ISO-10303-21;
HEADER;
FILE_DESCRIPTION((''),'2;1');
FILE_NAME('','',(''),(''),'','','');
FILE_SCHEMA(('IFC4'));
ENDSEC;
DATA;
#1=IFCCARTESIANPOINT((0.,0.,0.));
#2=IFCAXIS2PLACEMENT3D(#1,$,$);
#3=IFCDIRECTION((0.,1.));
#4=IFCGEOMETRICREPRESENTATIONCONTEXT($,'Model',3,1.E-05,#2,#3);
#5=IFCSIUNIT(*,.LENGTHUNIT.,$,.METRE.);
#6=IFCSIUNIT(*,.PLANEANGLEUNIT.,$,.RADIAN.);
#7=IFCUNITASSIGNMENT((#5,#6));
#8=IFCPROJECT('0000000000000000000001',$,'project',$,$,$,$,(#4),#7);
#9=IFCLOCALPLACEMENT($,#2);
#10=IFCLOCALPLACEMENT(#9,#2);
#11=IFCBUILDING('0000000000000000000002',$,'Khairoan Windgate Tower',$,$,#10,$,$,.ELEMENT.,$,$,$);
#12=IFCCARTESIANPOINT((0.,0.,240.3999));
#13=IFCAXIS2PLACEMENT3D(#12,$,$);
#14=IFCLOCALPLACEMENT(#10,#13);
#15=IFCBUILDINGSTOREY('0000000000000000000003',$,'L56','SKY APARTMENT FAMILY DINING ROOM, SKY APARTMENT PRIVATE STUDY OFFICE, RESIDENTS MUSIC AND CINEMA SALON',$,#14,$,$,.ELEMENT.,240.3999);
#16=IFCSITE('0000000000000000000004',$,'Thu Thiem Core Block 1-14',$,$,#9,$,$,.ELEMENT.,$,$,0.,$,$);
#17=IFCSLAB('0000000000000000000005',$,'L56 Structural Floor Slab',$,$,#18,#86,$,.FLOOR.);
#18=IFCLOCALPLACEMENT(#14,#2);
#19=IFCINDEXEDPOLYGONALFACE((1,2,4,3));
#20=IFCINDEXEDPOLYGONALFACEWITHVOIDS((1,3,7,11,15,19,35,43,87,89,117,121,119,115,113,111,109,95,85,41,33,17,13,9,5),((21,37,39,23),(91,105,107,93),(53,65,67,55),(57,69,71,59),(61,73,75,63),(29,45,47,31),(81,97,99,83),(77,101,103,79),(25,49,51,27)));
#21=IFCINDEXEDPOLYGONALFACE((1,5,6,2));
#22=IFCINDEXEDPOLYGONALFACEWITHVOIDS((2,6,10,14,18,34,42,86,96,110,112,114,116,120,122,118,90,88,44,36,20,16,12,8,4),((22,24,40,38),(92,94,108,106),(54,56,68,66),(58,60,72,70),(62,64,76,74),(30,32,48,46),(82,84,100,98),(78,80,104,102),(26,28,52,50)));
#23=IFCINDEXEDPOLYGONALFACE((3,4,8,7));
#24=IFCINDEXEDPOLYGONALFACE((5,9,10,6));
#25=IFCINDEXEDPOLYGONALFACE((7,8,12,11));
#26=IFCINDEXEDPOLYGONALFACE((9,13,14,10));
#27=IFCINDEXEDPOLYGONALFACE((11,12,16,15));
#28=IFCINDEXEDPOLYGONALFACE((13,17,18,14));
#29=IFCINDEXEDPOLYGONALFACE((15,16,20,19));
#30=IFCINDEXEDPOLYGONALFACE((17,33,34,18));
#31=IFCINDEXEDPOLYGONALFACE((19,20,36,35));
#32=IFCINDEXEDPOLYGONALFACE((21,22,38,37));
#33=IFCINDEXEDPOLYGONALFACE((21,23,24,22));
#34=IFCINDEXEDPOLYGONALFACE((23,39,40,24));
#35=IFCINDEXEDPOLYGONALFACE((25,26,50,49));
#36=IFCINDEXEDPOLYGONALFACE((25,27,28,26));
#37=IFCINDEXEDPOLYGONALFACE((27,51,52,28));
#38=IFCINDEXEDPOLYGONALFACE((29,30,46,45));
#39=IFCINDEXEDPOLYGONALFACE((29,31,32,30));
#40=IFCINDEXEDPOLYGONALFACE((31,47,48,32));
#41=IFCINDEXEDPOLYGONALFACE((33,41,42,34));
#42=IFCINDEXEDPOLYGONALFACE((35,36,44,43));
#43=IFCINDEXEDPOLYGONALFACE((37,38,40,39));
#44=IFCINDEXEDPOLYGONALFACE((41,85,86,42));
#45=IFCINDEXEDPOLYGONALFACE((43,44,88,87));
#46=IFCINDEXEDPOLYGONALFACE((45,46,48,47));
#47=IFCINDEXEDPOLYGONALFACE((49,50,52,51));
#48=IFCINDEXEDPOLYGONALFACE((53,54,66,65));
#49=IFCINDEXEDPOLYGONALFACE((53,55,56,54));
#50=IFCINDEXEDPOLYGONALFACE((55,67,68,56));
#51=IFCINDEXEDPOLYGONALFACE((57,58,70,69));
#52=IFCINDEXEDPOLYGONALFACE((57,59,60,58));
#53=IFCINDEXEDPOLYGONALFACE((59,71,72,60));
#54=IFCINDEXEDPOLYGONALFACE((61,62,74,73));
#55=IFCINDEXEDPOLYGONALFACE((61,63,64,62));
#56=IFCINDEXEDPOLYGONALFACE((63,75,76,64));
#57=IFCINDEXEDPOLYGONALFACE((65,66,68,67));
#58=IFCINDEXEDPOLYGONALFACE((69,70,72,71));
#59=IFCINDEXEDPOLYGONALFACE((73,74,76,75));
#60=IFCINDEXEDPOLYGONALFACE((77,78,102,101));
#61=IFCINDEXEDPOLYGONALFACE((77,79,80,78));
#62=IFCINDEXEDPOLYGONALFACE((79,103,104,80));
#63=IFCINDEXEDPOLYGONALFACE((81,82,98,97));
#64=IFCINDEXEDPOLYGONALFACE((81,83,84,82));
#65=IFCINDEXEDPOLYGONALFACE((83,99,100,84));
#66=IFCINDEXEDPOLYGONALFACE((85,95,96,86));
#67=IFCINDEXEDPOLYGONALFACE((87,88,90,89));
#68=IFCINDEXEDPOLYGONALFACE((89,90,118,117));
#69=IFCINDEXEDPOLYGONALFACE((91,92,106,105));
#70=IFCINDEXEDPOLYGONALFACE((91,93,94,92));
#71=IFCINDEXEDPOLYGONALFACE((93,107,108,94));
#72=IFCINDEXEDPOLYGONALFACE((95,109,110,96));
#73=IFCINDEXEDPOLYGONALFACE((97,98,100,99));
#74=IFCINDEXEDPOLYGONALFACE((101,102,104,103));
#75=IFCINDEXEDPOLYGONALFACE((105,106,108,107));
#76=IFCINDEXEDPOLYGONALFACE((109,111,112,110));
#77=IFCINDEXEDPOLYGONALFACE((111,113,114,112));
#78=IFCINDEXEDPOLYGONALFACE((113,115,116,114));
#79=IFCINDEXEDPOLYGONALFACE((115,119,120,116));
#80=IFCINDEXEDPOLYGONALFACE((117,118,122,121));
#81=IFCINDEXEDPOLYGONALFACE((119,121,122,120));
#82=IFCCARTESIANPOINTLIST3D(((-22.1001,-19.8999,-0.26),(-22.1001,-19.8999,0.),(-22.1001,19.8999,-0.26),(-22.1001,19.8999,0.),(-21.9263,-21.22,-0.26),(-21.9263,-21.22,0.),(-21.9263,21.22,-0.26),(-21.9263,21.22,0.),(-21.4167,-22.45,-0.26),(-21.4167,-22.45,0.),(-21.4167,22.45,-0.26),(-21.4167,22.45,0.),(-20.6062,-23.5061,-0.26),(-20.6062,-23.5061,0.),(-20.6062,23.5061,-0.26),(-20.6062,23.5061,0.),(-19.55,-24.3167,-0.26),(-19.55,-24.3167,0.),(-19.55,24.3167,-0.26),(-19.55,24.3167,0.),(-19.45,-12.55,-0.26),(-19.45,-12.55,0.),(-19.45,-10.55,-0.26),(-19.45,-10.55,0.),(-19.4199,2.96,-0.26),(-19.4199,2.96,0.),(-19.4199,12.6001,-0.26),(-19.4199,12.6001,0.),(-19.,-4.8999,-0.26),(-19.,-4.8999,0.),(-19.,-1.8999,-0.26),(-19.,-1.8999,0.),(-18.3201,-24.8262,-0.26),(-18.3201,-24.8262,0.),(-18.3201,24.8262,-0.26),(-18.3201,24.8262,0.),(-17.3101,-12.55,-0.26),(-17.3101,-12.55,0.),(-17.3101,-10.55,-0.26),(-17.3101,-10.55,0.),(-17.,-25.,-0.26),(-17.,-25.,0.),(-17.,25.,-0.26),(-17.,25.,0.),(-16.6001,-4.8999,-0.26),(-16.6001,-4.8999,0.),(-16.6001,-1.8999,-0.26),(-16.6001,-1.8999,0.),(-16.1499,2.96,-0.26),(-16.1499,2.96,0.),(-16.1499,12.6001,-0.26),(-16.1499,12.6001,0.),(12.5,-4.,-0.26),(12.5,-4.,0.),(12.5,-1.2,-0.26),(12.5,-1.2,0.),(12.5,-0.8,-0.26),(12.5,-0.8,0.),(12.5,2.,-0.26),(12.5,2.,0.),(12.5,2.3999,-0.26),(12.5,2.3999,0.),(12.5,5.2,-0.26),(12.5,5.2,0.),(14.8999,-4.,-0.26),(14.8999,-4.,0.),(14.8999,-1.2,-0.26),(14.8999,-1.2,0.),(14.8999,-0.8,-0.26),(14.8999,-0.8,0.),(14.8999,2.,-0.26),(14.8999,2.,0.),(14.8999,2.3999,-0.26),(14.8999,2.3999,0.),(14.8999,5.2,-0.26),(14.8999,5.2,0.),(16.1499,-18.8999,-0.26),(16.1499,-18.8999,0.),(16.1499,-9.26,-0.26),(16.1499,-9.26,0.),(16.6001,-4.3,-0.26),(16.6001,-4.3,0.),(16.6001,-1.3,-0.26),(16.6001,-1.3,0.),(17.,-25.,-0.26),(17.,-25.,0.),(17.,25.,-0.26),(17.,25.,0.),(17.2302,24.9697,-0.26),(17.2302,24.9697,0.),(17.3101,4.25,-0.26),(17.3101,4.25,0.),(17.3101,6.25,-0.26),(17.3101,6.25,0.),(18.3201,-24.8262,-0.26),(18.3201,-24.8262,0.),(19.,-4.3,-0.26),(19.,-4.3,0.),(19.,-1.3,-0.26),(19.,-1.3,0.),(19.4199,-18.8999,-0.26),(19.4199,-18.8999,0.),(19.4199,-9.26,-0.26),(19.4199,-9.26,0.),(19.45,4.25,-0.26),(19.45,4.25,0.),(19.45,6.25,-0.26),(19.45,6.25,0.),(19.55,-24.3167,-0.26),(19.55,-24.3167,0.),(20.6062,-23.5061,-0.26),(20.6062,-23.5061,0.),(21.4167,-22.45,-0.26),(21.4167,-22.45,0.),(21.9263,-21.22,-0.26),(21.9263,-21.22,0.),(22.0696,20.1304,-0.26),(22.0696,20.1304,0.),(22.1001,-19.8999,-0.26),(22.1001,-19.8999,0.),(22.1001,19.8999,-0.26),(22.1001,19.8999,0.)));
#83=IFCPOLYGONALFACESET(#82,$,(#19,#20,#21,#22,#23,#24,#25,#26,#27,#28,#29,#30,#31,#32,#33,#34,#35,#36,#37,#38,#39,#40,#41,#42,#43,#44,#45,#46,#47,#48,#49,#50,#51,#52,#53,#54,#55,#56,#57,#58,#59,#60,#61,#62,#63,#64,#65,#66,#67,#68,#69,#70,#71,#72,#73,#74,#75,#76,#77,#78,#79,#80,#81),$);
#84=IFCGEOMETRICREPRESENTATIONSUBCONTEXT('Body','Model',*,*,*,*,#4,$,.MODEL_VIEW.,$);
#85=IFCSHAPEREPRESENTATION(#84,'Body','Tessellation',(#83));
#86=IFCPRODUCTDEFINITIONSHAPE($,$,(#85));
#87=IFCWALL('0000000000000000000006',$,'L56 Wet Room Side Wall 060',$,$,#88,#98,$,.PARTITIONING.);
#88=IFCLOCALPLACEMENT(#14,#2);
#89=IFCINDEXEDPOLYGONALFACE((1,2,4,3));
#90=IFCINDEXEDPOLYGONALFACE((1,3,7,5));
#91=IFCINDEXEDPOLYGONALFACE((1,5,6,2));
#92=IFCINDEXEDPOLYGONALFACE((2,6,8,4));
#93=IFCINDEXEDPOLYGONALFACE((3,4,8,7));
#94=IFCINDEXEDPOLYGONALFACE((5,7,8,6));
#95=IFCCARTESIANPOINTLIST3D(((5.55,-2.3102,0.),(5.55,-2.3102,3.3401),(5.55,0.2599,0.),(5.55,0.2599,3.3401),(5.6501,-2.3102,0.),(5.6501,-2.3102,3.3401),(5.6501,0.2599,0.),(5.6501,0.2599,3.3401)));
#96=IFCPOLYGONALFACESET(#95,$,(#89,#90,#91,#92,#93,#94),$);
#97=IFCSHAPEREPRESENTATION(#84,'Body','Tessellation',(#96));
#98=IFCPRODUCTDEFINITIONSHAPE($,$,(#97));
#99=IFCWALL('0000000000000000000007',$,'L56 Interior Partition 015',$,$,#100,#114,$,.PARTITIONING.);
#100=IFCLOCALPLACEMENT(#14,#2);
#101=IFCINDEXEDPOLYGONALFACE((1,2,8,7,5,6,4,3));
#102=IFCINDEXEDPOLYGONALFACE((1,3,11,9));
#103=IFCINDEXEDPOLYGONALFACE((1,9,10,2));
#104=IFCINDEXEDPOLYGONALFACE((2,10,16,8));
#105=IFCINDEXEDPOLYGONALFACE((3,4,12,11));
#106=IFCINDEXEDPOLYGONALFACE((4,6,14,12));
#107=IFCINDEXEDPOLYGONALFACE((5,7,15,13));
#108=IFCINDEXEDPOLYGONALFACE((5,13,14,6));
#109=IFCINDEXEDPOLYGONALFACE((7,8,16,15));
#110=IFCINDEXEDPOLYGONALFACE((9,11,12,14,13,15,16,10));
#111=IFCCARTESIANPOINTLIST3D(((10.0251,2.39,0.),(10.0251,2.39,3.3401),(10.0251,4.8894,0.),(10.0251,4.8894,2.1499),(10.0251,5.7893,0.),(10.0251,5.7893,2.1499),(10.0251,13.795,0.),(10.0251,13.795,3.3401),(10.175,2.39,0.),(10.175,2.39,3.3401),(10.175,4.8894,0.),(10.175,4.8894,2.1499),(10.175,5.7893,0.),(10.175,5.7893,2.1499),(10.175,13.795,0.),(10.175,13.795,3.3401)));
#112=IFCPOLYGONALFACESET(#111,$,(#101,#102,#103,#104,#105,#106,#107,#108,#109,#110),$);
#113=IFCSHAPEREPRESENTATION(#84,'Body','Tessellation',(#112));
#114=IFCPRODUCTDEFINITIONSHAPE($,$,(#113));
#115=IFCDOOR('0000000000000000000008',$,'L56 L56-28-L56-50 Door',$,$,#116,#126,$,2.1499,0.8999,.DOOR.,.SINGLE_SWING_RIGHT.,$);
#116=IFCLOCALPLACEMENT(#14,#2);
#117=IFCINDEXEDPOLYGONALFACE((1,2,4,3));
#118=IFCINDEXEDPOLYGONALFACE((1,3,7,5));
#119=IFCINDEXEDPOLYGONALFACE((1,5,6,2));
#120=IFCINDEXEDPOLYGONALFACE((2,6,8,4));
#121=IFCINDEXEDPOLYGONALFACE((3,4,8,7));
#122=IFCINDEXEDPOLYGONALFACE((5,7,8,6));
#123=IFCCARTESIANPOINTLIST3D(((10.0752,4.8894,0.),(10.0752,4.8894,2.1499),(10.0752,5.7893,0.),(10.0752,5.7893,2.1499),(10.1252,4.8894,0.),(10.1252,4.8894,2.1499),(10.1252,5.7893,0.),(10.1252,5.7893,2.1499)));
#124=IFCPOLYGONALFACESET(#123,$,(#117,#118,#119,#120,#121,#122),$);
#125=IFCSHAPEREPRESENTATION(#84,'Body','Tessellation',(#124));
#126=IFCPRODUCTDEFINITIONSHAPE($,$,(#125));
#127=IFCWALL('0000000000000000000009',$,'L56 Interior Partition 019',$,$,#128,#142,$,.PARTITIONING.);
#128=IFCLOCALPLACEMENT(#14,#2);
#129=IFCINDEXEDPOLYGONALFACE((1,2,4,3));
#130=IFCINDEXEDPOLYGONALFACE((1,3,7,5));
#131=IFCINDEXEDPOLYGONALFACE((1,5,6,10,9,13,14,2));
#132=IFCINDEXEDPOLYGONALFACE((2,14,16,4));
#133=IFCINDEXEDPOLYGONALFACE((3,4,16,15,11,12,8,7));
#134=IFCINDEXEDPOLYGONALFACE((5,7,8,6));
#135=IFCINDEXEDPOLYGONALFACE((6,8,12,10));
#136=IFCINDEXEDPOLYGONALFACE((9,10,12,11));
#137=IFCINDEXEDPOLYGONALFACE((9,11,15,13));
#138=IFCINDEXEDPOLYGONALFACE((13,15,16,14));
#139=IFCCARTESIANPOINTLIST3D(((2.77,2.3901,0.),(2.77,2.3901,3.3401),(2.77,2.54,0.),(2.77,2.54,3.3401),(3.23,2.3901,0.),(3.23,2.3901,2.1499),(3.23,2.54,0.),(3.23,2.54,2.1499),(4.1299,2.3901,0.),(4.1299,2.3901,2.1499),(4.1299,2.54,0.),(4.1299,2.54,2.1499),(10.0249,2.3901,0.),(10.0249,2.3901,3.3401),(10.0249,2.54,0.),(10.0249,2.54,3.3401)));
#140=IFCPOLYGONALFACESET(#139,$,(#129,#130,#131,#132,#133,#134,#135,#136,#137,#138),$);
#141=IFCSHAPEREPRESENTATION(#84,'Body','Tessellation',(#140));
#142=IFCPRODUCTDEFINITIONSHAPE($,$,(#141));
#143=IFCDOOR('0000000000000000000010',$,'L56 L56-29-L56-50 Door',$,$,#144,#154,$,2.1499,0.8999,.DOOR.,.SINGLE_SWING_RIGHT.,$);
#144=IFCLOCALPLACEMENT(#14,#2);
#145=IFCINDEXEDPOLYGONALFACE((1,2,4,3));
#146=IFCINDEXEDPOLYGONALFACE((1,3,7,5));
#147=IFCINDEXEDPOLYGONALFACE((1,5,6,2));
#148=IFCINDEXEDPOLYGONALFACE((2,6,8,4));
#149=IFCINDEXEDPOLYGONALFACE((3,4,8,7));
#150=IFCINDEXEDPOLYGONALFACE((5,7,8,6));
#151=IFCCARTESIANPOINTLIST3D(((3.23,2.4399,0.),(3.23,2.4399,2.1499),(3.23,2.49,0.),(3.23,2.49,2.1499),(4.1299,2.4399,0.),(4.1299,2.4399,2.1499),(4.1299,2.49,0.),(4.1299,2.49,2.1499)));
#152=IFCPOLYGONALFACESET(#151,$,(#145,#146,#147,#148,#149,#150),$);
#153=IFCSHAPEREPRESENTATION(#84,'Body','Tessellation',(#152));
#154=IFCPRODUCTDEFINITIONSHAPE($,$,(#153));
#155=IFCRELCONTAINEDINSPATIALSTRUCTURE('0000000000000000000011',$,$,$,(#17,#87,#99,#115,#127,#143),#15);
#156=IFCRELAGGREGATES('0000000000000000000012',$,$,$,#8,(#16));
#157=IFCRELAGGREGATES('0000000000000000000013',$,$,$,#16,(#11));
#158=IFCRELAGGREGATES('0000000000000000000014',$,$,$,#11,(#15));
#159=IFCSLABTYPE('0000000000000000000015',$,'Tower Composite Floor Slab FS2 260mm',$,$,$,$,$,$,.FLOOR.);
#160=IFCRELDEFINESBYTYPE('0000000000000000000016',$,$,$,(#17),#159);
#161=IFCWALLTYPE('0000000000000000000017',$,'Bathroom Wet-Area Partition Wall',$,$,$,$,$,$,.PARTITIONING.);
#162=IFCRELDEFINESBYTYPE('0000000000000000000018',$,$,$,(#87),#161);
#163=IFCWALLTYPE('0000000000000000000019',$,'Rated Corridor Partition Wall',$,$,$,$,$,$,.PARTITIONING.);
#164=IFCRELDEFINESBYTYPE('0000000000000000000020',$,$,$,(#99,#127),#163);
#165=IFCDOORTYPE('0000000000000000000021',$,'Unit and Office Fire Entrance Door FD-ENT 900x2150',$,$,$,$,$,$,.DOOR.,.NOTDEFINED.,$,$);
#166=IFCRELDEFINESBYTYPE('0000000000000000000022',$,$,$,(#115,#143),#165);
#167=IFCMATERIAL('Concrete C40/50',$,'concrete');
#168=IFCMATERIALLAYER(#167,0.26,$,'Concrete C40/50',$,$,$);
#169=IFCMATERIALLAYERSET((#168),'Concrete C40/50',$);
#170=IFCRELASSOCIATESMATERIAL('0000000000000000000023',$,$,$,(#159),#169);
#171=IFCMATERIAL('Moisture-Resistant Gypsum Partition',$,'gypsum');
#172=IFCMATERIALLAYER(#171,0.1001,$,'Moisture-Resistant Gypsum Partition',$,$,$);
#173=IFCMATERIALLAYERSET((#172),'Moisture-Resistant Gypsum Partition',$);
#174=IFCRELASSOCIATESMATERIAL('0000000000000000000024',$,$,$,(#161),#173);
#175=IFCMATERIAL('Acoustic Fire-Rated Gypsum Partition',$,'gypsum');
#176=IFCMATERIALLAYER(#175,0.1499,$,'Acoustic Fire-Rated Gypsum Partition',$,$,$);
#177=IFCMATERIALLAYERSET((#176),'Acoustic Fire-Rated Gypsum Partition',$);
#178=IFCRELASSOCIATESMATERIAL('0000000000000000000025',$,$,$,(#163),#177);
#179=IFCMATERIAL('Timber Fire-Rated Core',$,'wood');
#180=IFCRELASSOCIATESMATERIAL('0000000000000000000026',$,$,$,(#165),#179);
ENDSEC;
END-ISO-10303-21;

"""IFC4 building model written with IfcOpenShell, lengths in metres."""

from ifc_helpers import new_model, si_unit, direction, frame, frame_2d, origin, place, context, subcontext, project, spatial, polyline, rectangle, outline, extrude, material, layer, layer_set, type_object, element, fill, save


model = new_model("IFC4")

# Units and contexts
model_context = context("Model", 3, precision=1e-05, world=origin(), true_north=direction((0.0, 1.0)))
body_context = subcontext(model_context, "Body", "Model", "MODEL_VIEW")
ifc_project = project(units=[si_unit("LENGTHUNIT", "METRE"), si_unit("PLANEANGLEUNIT", "RADIAN")], contexts=[model_context])

# Site, building, storey
site_placement = place(None, origin())
site = spatial("IfcSite", under=ifc_project, at=site_placement, Name="Thu Thiem Core Block 1-14", CompositionType="ELEMENT", RefElevation=0.0)
building_placement = place(site_placement, origin())
building = spatial("IfcBuilding", under=site, at=building_placement, Name="Khairoan Windgate Tower", CompositionType="ELEMENT")
storey_placement = place(building_placement, frame((0.0, 0.0, 240.3999)))
storey = spatial("IfcBuildingStorey", under=building, at=storey_placement, Name="L56", Description="SKY APARTMENT FAMILY DINING ROOM, SKY APARTMENT PRIVATE STUDY OFFICE, RESIDENTS MUSIC AND CINEMA SALON", CompositionType="ELEMENT", Elevation=240.3999)

# Slab
ifc_material_1 = material(Name="Concrete C40/50", Category="concrete")
ifc_layer_1 = layer(ifc_material_1, 0.26, Name="Concrete C40/50")
ifc_layer_set_1 = layer_set([ifc_layer_1], Name="Concrete C40/50")
slab_type_1 = type_object("IfcSlabType", Name="Tower Composite Floor Slab FS2 260mm", PredefinedType="FLOOR", material=ifc_layer_set_1)
slab_1_placement = place(storey_placement, frame((0.0, 0.0, -0.26)))
element("IfcSlab", 1, at=slab_1_placement, inside=storey, type_object=slab_type_1, Name="L56 Structural Floor Slab", PredefinedType="FLOOR", context=body_context, shape_type="SweptSolid", body=[
    extrude(outline(polyline([(17.0, -25.0), (18.3201, -24.8262), (19.55, -24.3167), (20.6062, -23.5061), (21.4167, -22.45), (21.9263, -21.22), (22.1001, -19.8999), (22.1001, 19.8999), (22.0696, 20.1304), (17.2302, 24.9697), (17.0, 25.0), (-17.0, 25.0), (-18.3201, 24.8262), (-19.55, 24.3167), (-20.6062, 23.5061), (-21.4167, 22.45), (-21.9263, 21.22), (-22.1001, 19.8999), (-22.1001, -19.8999), (-21.9263, -21.22), (-21.4167, -22.45), (-20.6062, -23.5061), (-19.55, -24.3167), (-18.3201, -24.8262), (-17.0, -25.0), (17.0, -25.0)]), holes=[polyline([(16.1499, -9.26), (16.1499, -18.8999), (19.4199, -18.8999), (19.4199, -9.26), (16.1499, -9.26)]), polyline([(-16.1499, 2.96), (-16.1499, 12.6001), (-19.4199, 12.6001), (-19.4199, 2.96), (-16.1499, 2.96)]), polyline([(12.5, 2.3999), (14.8999, 2.3999), (14.8999, 5.2), (12.5, 5.2), (12.5, 2.3999)]), polyline([(12.5, -0.8), (14.8999, -0.8), (14.8999, 2.0), (12.5, 2.0), (12.5, -0.8)]), polyline([(12.5, -4.0), (14.8999, -4.0), (14.8999, -1.2), (12.5, -1.2), (12.5, -4.0)]), polyline([(16.6001, -4.3), (19.0, -4.3), (19.0, -1.3), (16.6001, -1.3), (16.6001, -4.3)]), polyline([(-19.0, -4.8999), (-16.6001, -4.8999), (-16.6001, -1.8999), (-19.0, -1.8999), (-19.0, -4.8999)]), polyline([(-19.45, -12.55), (-17.3101, -12.55), (-17.3101, -10.55), (-19.45, -10.55), (-19.45, -12.55)]), polyline([(17.3101, 4.25), (19.45, 4.25), (19.45, 6.25), (17.3101, 6.25), (17.3101, 4.25)])]), origin(), (0.0, 0.0, 1.0), 0.26),
])

# Wall
ifc_material_2 = material(Name="Moisture-Resistant Gypsum Partition", Category="gypsum")
ifc_layer_2 = layer(ifc_material_2, 0.1001, Name="Moisture-Resistant Gypsum Partition")
ifc_layer_set_2 = layer_set([ifc_layer_2], Name="Moisture-Resistant Gypsum Partition")
wall_type_1 = type_object("IfcWallType", Name="Bathroom Wet-Area Partition Wall", PredefinedType="PARTITIONING", material=ifc_layer_set_2)
wall_1_placement = place(storey_placement, frame((5.6001, 0.26, 0.0), z_axis=(0.0, 0.0, 1.0), x_axis=(0.0, -1.0, 0.0)))
element("IfcWall", 2, at=wall_1_placement, inside=storey, type_object=wall_type_1, Name="L56 Wet Room Side Wall 060", PredefinedType="PARTITIONING", context=body_context, shape_type="SweptSolid", body=[
    extrude(rectangle(XDim=2.5701, YDim=0.1001, at=frame_2d((1.2852, 0.0))), origin(), (0.0, 0.0, 1.0), 3.3401),
])

# Walls, openings, doors
ifc_material_3 = material(Name="Acoustic Fire-Rated Gypsum Partition", Category="gypsum")
ifc_layer_3 = layer(ifc_material_3, 0.1499, Name="Acoustic Fire-Rated Gypsum Partition")
ifc_layer_set_3 = layer_set([ifc_layer_3], Name="Acoustic Fire-Rated Gypsum Partition")
wall_type_2 = type_object("IfcWallType", Name="Rated Corridor Partition Wall", PredefinedType="PARTITIONING", material=ifc_layer_set_3)
wall_2_placement = place(storey_placement, frame((10.1001, 2.3899, 0.0), z_axis=(0.0, 0.0, 1.0), x_axis=(0.0, 1.0, 0.0)))
wall_2 = element("IfcWall", 3, at=wall_2_placement, inside=storey, type_object=wall_type_2, Name="L56 Interior Partition 015", PredefinedType="PARTITIONING", context=body_context, shape_type="SweptSolid", body=[
    extrude(rectangle(XDim=11.405, YDim=0.1499, at=frame_2d((5.7026, 0.0))), origin(), (0.0, 0.0, 1.0), 3.3401),
])
opening_1_placement = place(wall_2_placement, frame((2.4995, 0.0, 0.0)))
opening_1 = element("IfcOpeningElement", 4, at=opening_1_placement, cuts=wall_2, PredefinedType="OPENING", context=body_context, shape_type="SweptSolid", body=[
    extrude(rectangle(XDim=0.8999, YDim=2.1499, at=frame_2d((0.45, 1.075))), frame((0.0, 0.085, 0.0), z_axis=(0.0, -1.0, 0.0), x_axis=(1.0, 0.0, 0.0)), (0.0, 0.0, 1.0), 0.1699),
])
ifc_material_4 = material(Name="Timber Fire-Rated Core", Category="wood")
door_type = type_object("IfcDoorType", Name="Unit and Office Fire Entrance Door FD-ENT 900x2150", OperationType="NOTDEFINED", PredefinedType="DOOR", material=ifc_material_4)
door_1_placement = place(opening_1_placement, origin())
door_1 = element("IfcDoor", 5, at=door_1_placement, inside=storey, type_object=door_type, Name="L56 L56-28-L56-50 Door", OperationType="SINGLE_SWING_RIGHT", OverallHeight=2.1499, OverallWidth=0.8999, PredefinedType="DOOR", context=body_context, shape_type="SweptSolid", body=[
    extrude(rectangle(XDim=0.8999, YDim=2.1499, at=frame_2d((0.45, 1.075))), frame((0.0, 0.0249, 0.0), z_axis=(0.0, -1.0, 0.0), x_axis=(1.0, 0.0, 0.0)), (0.0, 0.0, 1.0), 0.05),
])
fill(opening_1, door_1)
wall_3_placement = place(storey_placement, frame((2.77, 2.4651, 0.0), z_axis=(0.0, 0.0, 1.0), x_axis=(1.0, 0.0, 0.0)))
wall_3 = element("IfcWall", 6, at=wall_3_placement, inside=storey, type_object=wall_type_2, Name="L56 Interior Partition 019", PredefinedType="PARTITIONING", context=body_context, shape_type="SweptSolid", body=[
    extrude(rectangle(XDim=7.2549, YDim=0.1499, at=frame_2d((3.6274, 0.0))), origin(), (0.0, 0.0, 1.0), 3.3401),
])
opening_2_placement = place(wall_3_placement, frame((0.46, 0.0, 0.0)))
opening_2 = element("IfcOpeningElement", 7, at=opening_2_placement, cuts=wall_3, PredefinedType="OPENING", context=body_context, shape_type="SweptSolid", body=[
    extrude(rectangle(XDim=0.8999, YDim=2.1499, at=frame_2d((0.45, 1.075))), frame((0.0, 0.085, 0.0), z_axis=(0.0, -1.0, 0.0), x_axis=(1.0, 0.0, 0.0)), (0.0, 0.0, 1.0), 0.1699),
])
door_2_placement = place(opening_2_placement, origin())
door_2 = element("IfcDoor", 8, at=door_2_placement, inside=storey, type_object=door_type, Name="L56 L56-29-L56-50 Door", OperationType="SINGLE_SWING_RIGHT", OverallHeight=2.1499, OverallWidth=0.8999, PredefinedType="DOOR", context=body_context, shape_type="SweptSolid", body=[
    extrude(rectangle(XDim=0.8999, YDim=2.1499, at=frame_2d((0.45, 1.075))), frame((0.0, 0.0249, 0.0), z_axis=(0.0, -1.0, 0.0), x_axis=(1.0, 0.0, 0.0)), (0.0, 0.0, 1.0), 0.05),
])
fill(opening_2, door_2)

save(model, "model.ifc")
